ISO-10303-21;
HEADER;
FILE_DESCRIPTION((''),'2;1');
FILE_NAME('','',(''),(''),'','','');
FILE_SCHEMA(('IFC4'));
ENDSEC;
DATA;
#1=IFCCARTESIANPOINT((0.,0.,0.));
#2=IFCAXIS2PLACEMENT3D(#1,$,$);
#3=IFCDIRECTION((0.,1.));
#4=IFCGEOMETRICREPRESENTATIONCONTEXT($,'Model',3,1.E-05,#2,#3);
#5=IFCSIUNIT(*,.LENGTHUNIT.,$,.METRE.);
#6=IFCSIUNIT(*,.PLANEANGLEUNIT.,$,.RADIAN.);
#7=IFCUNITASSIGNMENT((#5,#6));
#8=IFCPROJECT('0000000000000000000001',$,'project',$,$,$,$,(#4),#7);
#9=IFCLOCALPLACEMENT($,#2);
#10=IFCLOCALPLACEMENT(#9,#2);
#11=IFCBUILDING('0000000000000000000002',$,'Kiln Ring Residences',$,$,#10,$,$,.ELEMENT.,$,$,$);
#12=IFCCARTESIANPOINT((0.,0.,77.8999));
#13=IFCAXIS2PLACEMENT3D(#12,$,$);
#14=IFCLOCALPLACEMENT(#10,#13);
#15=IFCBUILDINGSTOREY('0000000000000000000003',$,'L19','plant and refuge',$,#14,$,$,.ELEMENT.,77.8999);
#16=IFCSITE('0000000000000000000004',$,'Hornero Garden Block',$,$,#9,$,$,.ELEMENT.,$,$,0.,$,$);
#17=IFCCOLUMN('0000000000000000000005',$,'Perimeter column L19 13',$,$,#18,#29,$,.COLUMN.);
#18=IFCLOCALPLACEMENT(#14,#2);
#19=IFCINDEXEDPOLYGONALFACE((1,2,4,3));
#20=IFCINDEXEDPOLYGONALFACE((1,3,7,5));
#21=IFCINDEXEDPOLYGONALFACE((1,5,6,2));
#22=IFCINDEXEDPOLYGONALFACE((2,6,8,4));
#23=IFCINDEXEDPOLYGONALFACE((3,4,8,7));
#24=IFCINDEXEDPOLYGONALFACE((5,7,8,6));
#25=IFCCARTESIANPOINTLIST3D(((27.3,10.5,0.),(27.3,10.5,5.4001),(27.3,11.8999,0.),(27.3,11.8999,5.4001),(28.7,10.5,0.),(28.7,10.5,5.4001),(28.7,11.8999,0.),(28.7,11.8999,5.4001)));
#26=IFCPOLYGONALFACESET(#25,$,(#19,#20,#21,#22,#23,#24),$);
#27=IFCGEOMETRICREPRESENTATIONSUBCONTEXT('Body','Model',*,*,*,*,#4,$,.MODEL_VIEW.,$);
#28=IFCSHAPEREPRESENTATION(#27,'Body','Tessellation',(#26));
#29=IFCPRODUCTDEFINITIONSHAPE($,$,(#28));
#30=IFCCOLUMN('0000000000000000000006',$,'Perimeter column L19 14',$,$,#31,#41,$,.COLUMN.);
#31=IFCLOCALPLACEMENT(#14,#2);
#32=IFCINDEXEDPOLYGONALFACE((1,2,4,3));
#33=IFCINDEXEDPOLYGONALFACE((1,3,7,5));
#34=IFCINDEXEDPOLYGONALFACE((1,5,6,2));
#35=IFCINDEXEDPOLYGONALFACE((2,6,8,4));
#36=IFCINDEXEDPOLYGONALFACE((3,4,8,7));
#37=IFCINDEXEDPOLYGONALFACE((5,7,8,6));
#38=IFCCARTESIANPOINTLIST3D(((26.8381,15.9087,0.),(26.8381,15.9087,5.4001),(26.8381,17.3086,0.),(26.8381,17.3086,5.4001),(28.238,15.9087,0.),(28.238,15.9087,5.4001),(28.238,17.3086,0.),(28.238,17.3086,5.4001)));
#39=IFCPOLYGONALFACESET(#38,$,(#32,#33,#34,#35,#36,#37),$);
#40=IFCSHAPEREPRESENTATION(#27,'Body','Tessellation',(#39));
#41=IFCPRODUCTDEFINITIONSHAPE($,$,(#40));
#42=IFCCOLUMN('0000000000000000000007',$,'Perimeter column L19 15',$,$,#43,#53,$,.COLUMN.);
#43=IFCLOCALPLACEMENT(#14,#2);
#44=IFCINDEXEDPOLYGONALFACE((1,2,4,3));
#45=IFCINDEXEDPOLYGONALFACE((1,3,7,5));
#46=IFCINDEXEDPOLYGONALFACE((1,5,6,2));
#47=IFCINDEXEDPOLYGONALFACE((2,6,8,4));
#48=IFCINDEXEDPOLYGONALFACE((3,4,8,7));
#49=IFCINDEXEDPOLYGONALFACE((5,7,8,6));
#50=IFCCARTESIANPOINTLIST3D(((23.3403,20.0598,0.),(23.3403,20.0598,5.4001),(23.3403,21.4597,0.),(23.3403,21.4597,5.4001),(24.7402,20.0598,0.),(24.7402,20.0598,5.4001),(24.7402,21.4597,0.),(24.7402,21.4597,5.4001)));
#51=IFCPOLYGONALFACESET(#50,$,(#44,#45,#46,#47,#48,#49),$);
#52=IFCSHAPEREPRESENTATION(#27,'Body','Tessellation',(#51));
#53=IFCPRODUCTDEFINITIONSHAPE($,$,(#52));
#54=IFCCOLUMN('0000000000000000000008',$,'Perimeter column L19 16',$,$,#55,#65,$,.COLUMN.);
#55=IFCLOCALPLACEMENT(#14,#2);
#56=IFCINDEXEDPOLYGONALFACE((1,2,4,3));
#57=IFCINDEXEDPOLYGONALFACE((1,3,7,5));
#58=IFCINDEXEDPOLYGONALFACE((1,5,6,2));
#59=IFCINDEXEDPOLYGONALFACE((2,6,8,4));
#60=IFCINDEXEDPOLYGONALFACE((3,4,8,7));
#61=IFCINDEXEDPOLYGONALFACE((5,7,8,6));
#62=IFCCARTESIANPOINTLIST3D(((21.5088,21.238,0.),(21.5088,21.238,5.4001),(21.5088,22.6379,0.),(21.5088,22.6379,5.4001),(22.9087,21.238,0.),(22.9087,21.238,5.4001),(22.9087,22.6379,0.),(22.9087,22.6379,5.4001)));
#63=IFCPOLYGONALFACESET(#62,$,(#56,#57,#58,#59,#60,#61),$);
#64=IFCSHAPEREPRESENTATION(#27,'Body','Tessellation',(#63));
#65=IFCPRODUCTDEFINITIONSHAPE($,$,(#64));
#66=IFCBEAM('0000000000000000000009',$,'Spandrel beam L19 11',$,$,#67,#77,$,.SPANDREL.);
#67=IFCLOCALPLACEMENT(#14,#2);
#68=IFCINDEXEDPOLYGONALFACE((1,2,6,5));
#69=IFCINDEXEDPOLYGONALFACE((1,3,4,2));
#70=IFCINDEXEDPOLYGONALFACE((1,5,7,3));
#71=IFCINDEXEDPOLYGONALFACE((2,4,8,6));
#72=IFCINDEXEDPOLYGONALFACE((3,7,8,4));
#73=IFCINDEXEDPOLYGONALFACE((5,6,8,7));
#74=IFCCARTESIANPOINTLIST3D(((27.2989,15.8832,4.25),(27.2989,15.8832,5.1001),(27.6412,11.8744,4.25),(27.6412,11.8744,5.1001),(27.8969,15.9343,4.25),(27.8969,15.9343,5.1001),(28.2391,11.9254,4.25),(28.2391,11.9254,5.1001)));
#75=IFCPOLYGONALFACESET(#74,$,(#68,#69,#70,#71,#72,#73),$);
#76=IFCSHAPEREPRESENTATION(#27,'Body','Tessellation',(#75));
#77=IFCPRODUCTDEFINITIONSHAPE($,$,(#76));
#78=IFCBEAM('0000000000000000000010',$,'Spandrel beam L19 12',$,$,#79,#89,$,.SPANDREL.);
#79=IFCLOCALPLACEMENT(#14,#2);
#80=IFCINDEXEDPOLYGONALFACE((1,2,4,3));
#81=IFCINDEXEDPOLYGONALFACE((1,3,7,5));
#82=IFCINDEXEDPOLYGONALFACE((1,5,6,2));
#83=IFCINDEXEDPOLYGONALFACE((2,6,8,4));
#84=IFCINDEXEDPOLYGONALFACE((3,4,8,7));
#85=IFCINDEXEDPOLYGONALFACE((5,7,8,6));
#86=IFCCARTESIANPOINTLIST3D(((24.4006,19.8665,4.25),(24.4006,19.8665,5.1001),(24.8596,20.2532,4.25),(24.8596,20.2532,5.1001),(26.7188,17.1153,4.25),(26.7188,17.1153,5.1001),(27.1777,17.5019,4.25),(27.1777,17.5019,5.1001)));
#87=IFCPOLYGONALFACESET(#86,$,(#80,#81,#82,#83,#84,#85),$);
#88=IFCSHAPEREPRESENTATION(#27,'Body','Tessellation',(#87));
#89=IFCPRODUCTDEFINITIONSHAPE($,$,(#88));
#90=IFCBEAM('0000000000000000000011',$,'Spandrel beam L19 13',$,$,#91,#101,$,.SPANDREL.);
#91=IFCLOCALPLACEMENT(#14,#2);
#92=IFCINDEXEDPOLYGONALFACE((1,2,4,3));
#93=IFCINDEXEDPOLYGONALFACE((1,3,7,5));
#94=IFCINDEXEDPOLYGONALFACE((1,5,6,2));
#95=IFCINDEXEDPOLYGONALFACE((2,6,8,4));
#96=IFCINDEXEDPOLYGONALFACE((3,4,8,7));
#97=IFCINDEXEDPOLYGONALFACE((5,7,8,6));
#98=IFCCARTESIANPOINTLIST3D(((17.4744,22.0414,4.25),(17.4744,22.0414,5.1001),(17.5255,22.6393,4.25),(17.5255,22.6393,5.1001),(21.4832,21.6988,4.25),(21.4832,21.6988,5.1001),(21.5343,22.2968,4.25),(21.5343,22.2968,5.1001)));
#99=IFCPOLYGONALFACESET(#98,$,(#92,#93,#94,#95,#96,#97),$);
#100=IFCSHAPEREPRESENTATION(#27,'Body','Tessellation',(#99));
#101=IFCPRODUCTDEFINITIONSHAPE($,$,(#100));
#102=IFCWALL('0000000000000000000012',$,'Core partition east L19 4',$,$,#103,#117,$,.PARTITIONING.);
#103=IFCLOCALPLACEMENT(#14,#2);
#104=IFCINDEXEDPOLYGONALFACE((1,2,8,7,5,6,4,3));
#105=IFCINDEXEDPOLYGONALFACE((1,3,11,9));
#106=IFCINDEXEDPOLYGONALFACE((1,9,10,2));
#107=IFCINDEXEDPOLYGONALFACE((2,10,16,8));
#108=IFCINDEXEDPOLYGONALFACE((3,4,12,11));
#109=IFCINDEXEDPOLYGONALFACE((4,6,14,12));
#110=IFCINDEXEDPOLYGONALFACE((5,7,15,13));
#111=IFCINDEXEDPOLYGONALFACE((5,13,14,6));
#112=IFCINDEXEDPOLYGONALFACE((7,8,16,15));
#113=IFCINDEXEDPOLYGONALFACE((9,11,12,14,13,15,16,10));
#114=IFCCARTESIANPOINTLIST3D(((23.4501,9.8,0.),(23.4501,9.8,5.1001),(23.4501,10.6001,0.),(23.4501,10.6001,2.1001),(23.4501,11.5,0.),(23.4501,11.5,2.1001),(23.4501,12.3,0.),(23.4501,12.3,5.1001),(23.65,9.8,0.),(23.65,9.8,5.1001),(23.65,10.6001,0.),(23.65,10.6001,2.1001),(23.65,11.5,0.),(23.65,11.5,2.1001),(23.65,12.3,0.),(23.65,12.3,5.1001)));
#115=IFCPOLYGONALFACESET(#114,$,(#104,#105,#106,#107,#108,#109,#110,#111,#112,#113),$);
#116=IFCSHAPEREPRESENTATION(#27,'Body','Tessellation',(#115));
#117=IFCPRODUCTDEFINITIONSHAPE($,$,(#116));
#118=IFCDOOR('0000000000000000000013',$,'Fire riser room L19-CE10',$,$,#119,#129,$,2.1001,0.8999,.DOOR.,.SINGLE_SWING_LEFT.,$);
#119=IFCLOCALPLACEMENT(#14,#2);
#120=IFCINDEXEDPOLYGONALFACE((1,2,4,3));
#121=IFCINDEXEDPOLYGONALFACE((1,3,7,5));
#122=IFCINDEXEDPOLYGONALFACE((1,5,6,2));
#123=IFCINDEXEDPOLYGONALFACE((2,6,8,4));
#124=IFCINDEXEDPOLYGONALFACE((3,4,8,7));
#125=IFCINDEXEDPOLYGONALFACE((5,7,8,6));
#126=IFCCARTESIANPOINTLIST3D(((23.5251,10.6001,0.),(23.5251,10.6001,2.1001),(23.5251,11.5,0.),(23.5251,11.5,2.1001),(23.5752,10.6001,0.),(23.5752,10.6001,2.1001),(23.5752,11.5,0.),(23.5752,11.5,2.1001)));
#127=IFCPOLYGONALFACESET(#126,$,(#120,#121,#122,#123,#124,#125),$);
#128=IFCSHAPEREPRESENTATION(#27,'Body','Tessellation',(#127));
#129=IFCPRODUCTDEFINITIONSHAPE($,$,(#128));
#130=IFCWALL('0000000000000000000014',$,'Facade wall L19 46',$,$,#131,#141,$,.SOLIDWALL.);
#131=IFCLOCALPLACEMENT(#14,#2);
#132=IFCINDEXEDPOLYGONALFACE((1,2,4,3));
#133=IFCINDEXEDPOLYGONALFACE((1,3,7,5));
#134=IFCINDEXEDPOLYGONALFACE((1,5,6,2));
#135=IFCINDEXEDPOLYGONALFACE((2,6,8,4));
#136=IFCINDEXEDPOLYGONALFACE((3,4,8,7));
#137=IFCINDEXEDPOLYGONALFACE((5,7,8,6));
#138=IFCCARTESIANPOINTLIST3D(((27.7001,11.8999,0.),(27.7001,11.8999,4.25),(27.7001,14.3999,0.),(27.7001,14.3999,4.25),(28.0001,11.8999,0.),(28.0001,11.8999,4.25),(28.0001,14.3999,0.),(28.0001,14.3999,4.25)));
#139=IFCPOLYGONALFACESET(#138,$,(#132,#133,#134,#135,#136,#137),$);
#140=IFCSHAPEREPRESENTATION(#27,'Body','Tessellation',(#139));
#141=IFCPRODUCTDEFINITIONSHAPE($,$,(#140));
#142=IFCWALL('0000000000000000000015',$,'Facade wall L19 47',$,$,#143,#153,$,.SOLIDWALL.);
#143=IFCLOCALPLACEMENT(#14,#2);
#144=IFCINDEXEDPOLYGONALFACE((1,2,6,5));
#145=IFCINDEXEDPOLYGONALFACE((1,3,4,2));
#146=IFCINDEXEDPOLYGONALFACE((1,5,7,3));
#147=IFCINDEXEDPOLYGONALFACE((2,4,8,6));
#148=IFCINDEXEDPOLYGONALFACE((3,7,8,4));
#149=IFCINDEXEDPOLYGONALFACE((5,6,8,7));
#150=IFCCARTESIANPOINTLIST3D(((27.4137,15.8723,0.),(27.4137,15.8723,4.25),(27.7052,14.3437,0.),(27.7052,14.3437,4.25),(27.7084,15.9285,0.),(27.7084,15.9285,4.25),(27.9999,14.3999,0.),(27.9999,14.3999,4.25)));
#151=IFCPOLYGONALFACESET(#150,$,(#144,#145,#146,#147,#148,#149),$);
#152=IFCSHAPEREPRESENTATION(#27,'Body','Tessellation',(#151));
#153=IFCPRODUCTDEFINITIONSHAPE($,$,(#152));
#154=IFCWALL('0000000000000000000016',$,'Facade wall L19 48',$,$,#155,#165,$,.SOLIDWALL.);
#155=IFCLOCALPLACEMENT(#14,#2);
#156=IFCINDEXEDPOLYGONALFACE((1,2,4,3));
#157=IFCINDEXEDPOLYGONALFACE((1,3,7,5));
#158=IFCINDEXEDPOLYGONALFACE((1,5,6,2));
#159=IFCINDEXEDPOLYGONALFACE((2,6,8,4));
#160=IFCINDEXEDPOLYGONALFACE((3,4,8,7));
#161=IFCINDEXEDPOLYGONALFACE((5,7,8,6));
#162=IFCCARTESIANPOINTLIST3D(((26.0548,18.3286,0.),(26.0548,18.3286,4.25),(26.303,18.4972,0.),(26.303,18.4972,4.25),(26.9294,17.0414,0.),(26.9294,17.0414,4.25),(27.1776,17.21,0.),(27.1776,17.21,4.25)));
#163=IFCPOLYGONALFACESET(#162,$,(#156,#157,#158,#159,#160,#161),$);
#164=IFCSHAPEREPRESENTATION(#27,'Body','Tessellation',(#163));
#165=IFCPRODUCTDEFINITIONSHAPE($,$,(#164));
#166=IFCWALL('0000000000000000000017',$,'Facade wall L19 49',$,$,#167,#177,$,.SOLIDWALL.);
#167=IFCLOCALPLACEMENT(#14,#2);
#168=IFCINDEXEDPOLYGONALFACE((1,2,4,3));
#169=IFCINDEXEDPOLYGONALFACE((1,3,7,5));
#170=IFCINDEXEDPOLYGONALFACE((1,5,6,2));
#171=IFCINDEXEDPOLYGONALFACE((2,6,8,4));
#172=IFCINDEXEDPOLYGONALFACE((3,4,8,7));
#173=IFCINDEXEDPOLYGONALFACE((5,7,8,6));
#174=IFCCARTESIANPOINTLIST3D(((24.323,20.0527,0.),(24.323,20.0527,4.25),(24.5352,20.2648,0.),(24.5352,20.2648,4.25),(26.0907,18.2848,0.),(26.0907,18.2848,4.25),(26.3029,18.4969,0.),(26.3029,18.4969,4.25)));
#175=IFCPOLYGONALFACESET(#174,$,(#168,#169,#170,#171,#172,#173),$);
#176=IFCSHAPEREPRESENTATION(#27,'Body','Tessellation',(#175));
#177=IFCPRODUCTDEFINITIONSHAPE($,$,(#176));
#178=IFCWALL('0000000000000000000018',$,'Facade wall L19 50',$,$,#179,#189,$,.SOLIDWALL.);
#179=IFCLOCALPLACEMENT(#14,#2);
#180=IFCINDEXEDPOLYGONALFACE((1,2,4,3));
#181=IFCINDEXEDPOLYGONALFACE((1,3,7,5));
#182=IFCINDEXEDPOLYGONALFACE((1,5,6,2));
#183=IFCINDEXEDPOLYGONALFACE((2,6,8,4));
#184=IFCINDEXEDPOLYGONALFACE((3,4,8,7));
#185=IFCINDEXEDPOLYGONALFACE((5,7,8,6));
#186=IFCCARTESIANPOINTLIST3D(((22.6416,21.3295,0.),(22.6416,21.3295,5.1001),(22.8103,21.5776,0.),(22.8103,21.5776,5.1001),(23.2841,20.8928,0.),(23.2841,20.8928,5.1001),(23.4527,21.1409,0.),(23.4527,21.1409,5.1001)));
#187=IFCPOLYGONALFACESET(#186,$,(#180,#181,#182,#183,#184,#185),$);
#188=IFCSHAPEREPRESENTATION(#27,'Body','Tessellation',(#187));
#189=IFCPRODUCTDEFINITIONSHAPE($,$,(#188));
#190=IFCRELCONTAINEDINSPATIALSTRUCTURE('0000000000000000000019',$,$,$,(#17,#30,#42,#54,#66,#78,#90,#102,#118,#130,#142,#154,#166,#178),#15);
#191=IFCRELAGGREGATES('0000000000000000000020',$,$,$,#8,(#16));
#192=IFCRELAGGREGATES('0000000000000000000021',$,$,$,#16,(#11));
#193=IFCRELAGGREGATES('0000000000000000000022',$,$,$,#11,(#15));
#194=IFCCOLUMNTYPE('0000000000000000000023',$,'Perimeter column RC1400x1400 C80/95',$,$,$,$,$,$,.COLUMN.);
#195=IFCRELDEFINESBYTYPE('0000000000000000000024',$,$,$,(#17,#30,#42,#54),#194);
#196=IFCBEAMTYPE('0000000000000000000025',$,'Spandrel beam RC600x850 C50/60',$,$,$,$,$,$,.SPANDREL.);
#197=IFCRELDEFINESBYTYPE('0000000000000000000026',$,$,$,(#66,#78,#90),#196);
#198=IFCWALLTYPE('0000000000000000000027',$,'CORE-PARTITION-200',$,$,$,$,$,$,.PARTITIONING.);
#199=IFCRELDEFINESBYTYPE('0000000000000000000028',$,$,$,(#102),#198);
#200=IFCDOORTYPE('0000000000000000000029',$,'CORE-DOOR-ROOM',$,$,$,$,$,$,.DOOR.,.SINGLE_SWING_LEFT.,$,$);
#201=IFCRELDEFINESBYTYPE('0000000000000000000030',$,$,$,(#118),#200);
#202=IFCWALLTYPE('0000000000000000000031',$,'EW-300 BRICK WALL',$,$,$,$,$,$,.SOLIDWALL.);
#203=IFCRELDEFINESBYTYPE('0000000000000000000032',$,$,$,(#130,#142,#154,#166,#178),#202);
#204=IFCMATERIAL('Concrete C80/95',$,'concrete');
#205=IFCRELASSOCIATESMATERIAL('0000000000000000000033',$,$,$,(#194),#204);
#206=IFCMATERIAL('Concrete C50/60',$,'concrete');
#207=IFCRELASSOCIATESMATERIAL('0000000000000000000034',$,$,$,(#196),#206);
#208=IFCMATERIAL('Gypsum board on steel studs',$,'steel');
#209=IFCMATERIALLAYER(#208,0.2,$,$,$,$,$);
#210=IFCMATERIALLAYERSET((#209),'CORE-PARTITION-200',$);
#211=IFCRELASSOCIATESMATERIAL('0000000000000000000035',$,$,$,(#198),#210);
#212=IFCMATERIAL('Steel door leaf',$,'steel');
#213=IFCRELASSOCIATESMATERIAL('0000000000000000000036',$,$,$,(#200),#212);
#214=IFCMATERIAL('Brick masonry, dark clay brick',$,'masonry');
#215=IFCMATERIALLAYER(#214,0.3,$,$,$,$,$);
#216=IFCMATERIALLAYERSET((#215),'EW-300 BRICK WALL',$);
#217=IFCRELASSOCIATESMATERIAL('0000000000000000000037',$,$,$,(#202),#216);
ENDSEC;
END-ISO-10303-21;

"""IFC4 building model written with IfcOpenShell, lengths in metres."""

from ifc_helpers import new_model, si_unit, direction, frame, frame_2d, origin, origin_2d, place, context, subcontext, project, spatial, rectangle, extrude, material, layer, layer_set, material_profile, profile_set, type_object, element, fill, save


model = new_model("IFC4")

# Units and contexts
model_context = context("Model", 3, precision=1e-05, world=origin(), true_north=direction((0.0, 1.0)))
body_context = subcontext(model_context, "Body", "Model", "MODEL_VIEW")
ifc_project = project(units=[si_unit("LENGTHUNIT", "METRE"), si_unit("PLANEANGLEUNIT", "RADIAN")], contexts=[model_context])

# Site, building, storey
site_placement = place(None, origin())
site = spatial("IfcSite", under=ifc_project, at=site_placement, Name="Hornero Garden Block", CompositionType="ELEMENT", RefElevation=0.0)
building_placement = place(site_placement, origin())
building = spatial("IfcBuilding", under=site, at=building_placement, Name="Kiln Ring Residences", CompositionType="ELEMENT")
storey_placement = place(building_placement, frame((0.0, 0.0, 77.8999)))
storey = spatial("IfcBuildingStorey", under=building, at=storey_placement, Name="L19", Description="plant and refuge", CompositionType="ELEMENT", Elevation=77.8999)

# Columns
ifc_material_1 = material(Name="Concrete C80/95", Category="concrete")
ifc_material_profile_1 = material_profile(ifc_material_1, rectangle(XDim=1.3999, YDim=1.3999, at=origin_2d()), Name="RC1400x1400")
ifc_profile_set_1 = profile_set([ifc_material_profile_1], Name="Concrete C80/95")
column_type = type_object("IfcColumnType", Name="Perimeter column RC1400x1400 C80/95", PredefinedType="COLUMN", material=ifc_profile_set_1)
for number, where, z_axis, x_axis, name in (
    (1, (28.0, 11.2, 0.0), (0.0, 0.0, 1.0), (1.0, 0.0, 0.0), "Perimeter column L19 13"),
    (2, (27.5381, 16.6086, 0.0), (0.0, 0.0, 1.0), (1.0, 0.0, 0.0), "Perimeter column L19 14"),
    (3, (24.0403, 20.7598, 0.0), (0.0, 0.0, 1.0), (1.0, 0.0, 0.0), "Perimeter column L19 15"),
    (4, (22.2087, 21.938, 0.0), (0.0, 0.0, 1.0), (1.0, 0.0, 0.0), "Perimeter column L19 16"),
):
    element("IfcColumn", number, at=place(storey_placement, frame(where, z_axis=z_axis, x_axis=x_axis)), inside=storey, type_object=column_type, Name=name, PredefinedType="COLUMN", context=body_context, shape_type="SweptSolid", body=[
        extrude(rectangle(XDim=1.3999, YDim=1.3999, at=origin_2d()), origin(), (0.0, 0.0, 1.0), 5.4001),
    ])

# Beams
ifc_material_2 = material(Name="Concrete C50/60", Category="concrete")
ifc_material_profile_2 = material_profile(ifc_material_2, rectangle(XDim=0.6001, YDim=0.8501, at=origin_2d()), Name="RC600x850")
ifc_profile_set_2 = profile_set([ifc_material_profile_2], Name="Concrete C50/60")
beam_type = type_object("IfcBeamType", Name="Spandrel beam RC600x850 C50/60", PredefinedType="SPANDREL", material=ifc_profile_set_2)
beam_1_placement = place(storey_placement, frame((27.9402, 11.8999, 4.675), z_axis=(-0.085074, 0.996375, 0.0), x_axis=(-0.996375, -0.085074, 0.0)))
element("IfcBeam", 5, at=beam_1_placement, inside=storey, type_object=beam_type, Name="Spandrel beam L19 11", PredefinedType="SPANDREL", context=body_context, shape_type="SweptSolid", body=[
    extrude(rectangle(XDim=0.6001, YDim=0.8501, at=origin_2d()), origin(), (0.0, 0.0, 1.0), 4.0234),
])
beam_2_placement = place(storey_placement, frame((26.9482, 17.3086, 4.675), z_axis=(-0.644347, 0.764733, 0.0), x_axis=(-0.764733, -0.644347, 0.0)))
element("IfcBeam", 6, at=beam_2_placement, inside=storey, type_object=beam_type, Name="Spandrel beam L19 12", PredefinedType="SPANDREL", context=body_context, shape_type="SweptSolid", body=[
    extrude(rectangle(XDim=0.6001, YDim=0.8501, at=origin_2d()), origin(), (0.0, 0.0, 1.0), 3.5977),
])
beam_3_placement = place(storey_placement, frame((21.5088, 21.9978, 4.675), z_axis=(-0.996369, 0.085134, 0.0), x_axis=(-0.085134, -0.996369, 0.0)))
element("IfcBeam", 7, at=beam_3_placement, inside=storey, type_object=beam_type, Name="Spandrel beam L19 13", PredefinedType="SPANDREL", context=body_context, shape_type="SweptSolid", body=[
    extrude(rectangle(XDim=0.6001, YDim=0.8501, at=origin_2d()), origin(), (0.0, 0.0, 1.0), 4.0234),
])

# Wall, opening, door
ifc_material_3 = material(Name="Gypsum board on steel studs", Category="steel")
ifc_layer_1 = layer(ifc_material_3, 0.2)
ifc_layer_set_1 = layer_set([ifc_layer_1], Name="CORE-PARTITION-200")
wall_type_1 = type_object("IfcWallType", Name="CORE-PARTITION-200", PredefinedType="PARTITIONING", material=ifc_layer_set_1)
wall_1_placement = place(storey_placement, frame((23.55, 9.8, 0.0), z_axis=(0.0, 0.0, 1.0), x_axis=(0.0, 1.0, 0.0)))
wall_1 = element("IfcWall", 8, at=wall_1_placement, inside=storey, type_object=wall_type_1, Name="Core partition east L19 4", PredefinedType="PARTITIONING", context=body_context, shape_type="SweptSolid", body=[
    extrude(rectangle(XDim=2.5, YDim=0.2, at=frame_2d((1.25, 0.0))), origin(), (0.0, 0.0, 1.0), 5.1001),
])
opening_placement = place(wall_1_placement, frame((0.8, 0.0, 0.0)))
opening = element("IfcOpeningElement", 9, at=opening_placement, cuts=wall_1, PredefinedType="OPENING", context=body_context, shape_type="SweptSolid", body=[
    extrude(rectangle(XDim=0.8999, YDim=2.1001, at=frame_2d((0.45, 1.05))), frame((0.0, 0.1099, 0.0), z_axis=(0.0, -1.0, 0.0), x_axis=(1.0, 0.0, 0.0)), (0.0, 0.0, 1.0), 0.22),
])
ifc_material_4 = material(Name="Steel door leaf", Category="steel")
door_type = type_object("IfcDoorType", Name="CORE-DOOR-ROOM", OperationType="SINGLE_SWING_LEFT", PredefinedType="DOOR", material=ifc_material_4)
door_placement = place(opening_placement, origin())
door = element("IfcDoor", 10, at=door_placement, inside=storey, type_object=door_type, Name="Fire riser room L19-CE10", OperationType="SINGLE_SWING_LEFT", OverallHeight=2.1001, OverallWidth=0.8999, PredefinedType="DOOR", context=body_context, shape_type="SweptSolid", body=[
    extrude(rectangle(XDim=0.8999, YDim=2.1001, at=frame_2d((0.45, 1.05))), frame((0.0, 0.0249, 0.0), z_axis=(0.0, -1.0, 0.0), x_axis=(1.0, 0.0, 0.0)), (0.0, 0.0, 1.0), 0.05),
])
fill(opening, door)

# Walls
ifc_material_5 = material(Name="Brick masonry, dark clay brick", Category="masonry")
ifc_layer_2 = layer(ifc_material_5, 0.3)
ifc_layer_set_2 = layer_set([ifc_layer_2], Name="EW-300 BRICK WALL")
wall_type_2 = type_object("IfcWallType", Name="EW-300 BRICK WALL", PredefinedType="SOLIDWALL", material=ifc_layer_set_2)
wall_2_placement = place(storey_placement, frame((27.8501, 11.8999, 0.0), z_axis=(0.0, 0.0, 1.0), x_axis=(0.0, 1.0, 0.0)))
element("IfcWall", 11, at=wall_2_placement, inside=storey, type_object=wall_type_2, Name="Facade wall L19 46", PredefinedType="SOLIDWALL", context=body_context, shape_type="SweptSolid", body=[
    extrude(rectangle(XDim=2.5, YDim=0.3, at=frame_2d((1.25, 0.0))), origin(), (0.0, 0.0, 1.0), 4.25),
])
for number, where, z_axis, x_axis, name in (
    (12, (27.8525, 14.3718, 0.0), (0.0, 0.0, 1.0), (-0.187328, 0.982297, 0.0), "Facade wall L19 47"),
    (13, (27.0535, 17.1257, 0.0), (0.0, 0.0, 1.0), (-0.561992, 0.827142, 0.0), "Facade wall L19 48"),
):
    element("IfcWall", number, at=place(storey_placement, frame(where, z_axis=z_axis, x_axis=x_axis)), inside=storey, type_object=wall_type_2, Name=name, PredefinedType="SOLIDWALL", context=body_context, shape_type="SweptSolid", body=[
        extrude(rectangle(XDim=1.5562, YDim=0.3, at=frame_2d((0.7781, 0.0))), origin(), (0.0, 0.0, 1.0), 4.25),
    ])
wall_3_placement = place(storey_placement, frame((26.1968, 18.3909, 0.0), z_axis=(0.0, 0.0, 1.0), x_axis=(-0.707058, 0.707156, 0.0)))
element("IfcWall", 14, at=wall_3_placement, inside=storey, type_object=wall_type_2, Name="Facade wall L19 49", PredefinedType="SOLIDWALL", context=body_context, shape_type="SweptSolid", body=[
    extrude(rectangle(XDim=2.5, YDim=0.3, at=frame_2d((1.25, 0.0))), origin(), (0.0, 0.0, 1.0), 4.25),
])
wall_4_placement = place(storey_placement, frame((23.3684, 21.0168, 0.0), z_axis=(0.0, 0.0, 1.0), x_axis=(-0.827038, 0.562147, 0.0)))
element("IfcWall", 15, at=wall_4_placement, inside=storey, type_object=wall_type_2, Name="Facade wall L19 50", PredefinedType="SOLIDWALL", context=body_context, shape_type="SweptSolid", body=[
    extrude(rectangle(XDim=0.7769, YDim=0.3, at=frame_2d((0.3884, 0.0))), origin(), (0.0, 0.0, 1.0), 5.1001),
])

save(model, "model.ifc")
